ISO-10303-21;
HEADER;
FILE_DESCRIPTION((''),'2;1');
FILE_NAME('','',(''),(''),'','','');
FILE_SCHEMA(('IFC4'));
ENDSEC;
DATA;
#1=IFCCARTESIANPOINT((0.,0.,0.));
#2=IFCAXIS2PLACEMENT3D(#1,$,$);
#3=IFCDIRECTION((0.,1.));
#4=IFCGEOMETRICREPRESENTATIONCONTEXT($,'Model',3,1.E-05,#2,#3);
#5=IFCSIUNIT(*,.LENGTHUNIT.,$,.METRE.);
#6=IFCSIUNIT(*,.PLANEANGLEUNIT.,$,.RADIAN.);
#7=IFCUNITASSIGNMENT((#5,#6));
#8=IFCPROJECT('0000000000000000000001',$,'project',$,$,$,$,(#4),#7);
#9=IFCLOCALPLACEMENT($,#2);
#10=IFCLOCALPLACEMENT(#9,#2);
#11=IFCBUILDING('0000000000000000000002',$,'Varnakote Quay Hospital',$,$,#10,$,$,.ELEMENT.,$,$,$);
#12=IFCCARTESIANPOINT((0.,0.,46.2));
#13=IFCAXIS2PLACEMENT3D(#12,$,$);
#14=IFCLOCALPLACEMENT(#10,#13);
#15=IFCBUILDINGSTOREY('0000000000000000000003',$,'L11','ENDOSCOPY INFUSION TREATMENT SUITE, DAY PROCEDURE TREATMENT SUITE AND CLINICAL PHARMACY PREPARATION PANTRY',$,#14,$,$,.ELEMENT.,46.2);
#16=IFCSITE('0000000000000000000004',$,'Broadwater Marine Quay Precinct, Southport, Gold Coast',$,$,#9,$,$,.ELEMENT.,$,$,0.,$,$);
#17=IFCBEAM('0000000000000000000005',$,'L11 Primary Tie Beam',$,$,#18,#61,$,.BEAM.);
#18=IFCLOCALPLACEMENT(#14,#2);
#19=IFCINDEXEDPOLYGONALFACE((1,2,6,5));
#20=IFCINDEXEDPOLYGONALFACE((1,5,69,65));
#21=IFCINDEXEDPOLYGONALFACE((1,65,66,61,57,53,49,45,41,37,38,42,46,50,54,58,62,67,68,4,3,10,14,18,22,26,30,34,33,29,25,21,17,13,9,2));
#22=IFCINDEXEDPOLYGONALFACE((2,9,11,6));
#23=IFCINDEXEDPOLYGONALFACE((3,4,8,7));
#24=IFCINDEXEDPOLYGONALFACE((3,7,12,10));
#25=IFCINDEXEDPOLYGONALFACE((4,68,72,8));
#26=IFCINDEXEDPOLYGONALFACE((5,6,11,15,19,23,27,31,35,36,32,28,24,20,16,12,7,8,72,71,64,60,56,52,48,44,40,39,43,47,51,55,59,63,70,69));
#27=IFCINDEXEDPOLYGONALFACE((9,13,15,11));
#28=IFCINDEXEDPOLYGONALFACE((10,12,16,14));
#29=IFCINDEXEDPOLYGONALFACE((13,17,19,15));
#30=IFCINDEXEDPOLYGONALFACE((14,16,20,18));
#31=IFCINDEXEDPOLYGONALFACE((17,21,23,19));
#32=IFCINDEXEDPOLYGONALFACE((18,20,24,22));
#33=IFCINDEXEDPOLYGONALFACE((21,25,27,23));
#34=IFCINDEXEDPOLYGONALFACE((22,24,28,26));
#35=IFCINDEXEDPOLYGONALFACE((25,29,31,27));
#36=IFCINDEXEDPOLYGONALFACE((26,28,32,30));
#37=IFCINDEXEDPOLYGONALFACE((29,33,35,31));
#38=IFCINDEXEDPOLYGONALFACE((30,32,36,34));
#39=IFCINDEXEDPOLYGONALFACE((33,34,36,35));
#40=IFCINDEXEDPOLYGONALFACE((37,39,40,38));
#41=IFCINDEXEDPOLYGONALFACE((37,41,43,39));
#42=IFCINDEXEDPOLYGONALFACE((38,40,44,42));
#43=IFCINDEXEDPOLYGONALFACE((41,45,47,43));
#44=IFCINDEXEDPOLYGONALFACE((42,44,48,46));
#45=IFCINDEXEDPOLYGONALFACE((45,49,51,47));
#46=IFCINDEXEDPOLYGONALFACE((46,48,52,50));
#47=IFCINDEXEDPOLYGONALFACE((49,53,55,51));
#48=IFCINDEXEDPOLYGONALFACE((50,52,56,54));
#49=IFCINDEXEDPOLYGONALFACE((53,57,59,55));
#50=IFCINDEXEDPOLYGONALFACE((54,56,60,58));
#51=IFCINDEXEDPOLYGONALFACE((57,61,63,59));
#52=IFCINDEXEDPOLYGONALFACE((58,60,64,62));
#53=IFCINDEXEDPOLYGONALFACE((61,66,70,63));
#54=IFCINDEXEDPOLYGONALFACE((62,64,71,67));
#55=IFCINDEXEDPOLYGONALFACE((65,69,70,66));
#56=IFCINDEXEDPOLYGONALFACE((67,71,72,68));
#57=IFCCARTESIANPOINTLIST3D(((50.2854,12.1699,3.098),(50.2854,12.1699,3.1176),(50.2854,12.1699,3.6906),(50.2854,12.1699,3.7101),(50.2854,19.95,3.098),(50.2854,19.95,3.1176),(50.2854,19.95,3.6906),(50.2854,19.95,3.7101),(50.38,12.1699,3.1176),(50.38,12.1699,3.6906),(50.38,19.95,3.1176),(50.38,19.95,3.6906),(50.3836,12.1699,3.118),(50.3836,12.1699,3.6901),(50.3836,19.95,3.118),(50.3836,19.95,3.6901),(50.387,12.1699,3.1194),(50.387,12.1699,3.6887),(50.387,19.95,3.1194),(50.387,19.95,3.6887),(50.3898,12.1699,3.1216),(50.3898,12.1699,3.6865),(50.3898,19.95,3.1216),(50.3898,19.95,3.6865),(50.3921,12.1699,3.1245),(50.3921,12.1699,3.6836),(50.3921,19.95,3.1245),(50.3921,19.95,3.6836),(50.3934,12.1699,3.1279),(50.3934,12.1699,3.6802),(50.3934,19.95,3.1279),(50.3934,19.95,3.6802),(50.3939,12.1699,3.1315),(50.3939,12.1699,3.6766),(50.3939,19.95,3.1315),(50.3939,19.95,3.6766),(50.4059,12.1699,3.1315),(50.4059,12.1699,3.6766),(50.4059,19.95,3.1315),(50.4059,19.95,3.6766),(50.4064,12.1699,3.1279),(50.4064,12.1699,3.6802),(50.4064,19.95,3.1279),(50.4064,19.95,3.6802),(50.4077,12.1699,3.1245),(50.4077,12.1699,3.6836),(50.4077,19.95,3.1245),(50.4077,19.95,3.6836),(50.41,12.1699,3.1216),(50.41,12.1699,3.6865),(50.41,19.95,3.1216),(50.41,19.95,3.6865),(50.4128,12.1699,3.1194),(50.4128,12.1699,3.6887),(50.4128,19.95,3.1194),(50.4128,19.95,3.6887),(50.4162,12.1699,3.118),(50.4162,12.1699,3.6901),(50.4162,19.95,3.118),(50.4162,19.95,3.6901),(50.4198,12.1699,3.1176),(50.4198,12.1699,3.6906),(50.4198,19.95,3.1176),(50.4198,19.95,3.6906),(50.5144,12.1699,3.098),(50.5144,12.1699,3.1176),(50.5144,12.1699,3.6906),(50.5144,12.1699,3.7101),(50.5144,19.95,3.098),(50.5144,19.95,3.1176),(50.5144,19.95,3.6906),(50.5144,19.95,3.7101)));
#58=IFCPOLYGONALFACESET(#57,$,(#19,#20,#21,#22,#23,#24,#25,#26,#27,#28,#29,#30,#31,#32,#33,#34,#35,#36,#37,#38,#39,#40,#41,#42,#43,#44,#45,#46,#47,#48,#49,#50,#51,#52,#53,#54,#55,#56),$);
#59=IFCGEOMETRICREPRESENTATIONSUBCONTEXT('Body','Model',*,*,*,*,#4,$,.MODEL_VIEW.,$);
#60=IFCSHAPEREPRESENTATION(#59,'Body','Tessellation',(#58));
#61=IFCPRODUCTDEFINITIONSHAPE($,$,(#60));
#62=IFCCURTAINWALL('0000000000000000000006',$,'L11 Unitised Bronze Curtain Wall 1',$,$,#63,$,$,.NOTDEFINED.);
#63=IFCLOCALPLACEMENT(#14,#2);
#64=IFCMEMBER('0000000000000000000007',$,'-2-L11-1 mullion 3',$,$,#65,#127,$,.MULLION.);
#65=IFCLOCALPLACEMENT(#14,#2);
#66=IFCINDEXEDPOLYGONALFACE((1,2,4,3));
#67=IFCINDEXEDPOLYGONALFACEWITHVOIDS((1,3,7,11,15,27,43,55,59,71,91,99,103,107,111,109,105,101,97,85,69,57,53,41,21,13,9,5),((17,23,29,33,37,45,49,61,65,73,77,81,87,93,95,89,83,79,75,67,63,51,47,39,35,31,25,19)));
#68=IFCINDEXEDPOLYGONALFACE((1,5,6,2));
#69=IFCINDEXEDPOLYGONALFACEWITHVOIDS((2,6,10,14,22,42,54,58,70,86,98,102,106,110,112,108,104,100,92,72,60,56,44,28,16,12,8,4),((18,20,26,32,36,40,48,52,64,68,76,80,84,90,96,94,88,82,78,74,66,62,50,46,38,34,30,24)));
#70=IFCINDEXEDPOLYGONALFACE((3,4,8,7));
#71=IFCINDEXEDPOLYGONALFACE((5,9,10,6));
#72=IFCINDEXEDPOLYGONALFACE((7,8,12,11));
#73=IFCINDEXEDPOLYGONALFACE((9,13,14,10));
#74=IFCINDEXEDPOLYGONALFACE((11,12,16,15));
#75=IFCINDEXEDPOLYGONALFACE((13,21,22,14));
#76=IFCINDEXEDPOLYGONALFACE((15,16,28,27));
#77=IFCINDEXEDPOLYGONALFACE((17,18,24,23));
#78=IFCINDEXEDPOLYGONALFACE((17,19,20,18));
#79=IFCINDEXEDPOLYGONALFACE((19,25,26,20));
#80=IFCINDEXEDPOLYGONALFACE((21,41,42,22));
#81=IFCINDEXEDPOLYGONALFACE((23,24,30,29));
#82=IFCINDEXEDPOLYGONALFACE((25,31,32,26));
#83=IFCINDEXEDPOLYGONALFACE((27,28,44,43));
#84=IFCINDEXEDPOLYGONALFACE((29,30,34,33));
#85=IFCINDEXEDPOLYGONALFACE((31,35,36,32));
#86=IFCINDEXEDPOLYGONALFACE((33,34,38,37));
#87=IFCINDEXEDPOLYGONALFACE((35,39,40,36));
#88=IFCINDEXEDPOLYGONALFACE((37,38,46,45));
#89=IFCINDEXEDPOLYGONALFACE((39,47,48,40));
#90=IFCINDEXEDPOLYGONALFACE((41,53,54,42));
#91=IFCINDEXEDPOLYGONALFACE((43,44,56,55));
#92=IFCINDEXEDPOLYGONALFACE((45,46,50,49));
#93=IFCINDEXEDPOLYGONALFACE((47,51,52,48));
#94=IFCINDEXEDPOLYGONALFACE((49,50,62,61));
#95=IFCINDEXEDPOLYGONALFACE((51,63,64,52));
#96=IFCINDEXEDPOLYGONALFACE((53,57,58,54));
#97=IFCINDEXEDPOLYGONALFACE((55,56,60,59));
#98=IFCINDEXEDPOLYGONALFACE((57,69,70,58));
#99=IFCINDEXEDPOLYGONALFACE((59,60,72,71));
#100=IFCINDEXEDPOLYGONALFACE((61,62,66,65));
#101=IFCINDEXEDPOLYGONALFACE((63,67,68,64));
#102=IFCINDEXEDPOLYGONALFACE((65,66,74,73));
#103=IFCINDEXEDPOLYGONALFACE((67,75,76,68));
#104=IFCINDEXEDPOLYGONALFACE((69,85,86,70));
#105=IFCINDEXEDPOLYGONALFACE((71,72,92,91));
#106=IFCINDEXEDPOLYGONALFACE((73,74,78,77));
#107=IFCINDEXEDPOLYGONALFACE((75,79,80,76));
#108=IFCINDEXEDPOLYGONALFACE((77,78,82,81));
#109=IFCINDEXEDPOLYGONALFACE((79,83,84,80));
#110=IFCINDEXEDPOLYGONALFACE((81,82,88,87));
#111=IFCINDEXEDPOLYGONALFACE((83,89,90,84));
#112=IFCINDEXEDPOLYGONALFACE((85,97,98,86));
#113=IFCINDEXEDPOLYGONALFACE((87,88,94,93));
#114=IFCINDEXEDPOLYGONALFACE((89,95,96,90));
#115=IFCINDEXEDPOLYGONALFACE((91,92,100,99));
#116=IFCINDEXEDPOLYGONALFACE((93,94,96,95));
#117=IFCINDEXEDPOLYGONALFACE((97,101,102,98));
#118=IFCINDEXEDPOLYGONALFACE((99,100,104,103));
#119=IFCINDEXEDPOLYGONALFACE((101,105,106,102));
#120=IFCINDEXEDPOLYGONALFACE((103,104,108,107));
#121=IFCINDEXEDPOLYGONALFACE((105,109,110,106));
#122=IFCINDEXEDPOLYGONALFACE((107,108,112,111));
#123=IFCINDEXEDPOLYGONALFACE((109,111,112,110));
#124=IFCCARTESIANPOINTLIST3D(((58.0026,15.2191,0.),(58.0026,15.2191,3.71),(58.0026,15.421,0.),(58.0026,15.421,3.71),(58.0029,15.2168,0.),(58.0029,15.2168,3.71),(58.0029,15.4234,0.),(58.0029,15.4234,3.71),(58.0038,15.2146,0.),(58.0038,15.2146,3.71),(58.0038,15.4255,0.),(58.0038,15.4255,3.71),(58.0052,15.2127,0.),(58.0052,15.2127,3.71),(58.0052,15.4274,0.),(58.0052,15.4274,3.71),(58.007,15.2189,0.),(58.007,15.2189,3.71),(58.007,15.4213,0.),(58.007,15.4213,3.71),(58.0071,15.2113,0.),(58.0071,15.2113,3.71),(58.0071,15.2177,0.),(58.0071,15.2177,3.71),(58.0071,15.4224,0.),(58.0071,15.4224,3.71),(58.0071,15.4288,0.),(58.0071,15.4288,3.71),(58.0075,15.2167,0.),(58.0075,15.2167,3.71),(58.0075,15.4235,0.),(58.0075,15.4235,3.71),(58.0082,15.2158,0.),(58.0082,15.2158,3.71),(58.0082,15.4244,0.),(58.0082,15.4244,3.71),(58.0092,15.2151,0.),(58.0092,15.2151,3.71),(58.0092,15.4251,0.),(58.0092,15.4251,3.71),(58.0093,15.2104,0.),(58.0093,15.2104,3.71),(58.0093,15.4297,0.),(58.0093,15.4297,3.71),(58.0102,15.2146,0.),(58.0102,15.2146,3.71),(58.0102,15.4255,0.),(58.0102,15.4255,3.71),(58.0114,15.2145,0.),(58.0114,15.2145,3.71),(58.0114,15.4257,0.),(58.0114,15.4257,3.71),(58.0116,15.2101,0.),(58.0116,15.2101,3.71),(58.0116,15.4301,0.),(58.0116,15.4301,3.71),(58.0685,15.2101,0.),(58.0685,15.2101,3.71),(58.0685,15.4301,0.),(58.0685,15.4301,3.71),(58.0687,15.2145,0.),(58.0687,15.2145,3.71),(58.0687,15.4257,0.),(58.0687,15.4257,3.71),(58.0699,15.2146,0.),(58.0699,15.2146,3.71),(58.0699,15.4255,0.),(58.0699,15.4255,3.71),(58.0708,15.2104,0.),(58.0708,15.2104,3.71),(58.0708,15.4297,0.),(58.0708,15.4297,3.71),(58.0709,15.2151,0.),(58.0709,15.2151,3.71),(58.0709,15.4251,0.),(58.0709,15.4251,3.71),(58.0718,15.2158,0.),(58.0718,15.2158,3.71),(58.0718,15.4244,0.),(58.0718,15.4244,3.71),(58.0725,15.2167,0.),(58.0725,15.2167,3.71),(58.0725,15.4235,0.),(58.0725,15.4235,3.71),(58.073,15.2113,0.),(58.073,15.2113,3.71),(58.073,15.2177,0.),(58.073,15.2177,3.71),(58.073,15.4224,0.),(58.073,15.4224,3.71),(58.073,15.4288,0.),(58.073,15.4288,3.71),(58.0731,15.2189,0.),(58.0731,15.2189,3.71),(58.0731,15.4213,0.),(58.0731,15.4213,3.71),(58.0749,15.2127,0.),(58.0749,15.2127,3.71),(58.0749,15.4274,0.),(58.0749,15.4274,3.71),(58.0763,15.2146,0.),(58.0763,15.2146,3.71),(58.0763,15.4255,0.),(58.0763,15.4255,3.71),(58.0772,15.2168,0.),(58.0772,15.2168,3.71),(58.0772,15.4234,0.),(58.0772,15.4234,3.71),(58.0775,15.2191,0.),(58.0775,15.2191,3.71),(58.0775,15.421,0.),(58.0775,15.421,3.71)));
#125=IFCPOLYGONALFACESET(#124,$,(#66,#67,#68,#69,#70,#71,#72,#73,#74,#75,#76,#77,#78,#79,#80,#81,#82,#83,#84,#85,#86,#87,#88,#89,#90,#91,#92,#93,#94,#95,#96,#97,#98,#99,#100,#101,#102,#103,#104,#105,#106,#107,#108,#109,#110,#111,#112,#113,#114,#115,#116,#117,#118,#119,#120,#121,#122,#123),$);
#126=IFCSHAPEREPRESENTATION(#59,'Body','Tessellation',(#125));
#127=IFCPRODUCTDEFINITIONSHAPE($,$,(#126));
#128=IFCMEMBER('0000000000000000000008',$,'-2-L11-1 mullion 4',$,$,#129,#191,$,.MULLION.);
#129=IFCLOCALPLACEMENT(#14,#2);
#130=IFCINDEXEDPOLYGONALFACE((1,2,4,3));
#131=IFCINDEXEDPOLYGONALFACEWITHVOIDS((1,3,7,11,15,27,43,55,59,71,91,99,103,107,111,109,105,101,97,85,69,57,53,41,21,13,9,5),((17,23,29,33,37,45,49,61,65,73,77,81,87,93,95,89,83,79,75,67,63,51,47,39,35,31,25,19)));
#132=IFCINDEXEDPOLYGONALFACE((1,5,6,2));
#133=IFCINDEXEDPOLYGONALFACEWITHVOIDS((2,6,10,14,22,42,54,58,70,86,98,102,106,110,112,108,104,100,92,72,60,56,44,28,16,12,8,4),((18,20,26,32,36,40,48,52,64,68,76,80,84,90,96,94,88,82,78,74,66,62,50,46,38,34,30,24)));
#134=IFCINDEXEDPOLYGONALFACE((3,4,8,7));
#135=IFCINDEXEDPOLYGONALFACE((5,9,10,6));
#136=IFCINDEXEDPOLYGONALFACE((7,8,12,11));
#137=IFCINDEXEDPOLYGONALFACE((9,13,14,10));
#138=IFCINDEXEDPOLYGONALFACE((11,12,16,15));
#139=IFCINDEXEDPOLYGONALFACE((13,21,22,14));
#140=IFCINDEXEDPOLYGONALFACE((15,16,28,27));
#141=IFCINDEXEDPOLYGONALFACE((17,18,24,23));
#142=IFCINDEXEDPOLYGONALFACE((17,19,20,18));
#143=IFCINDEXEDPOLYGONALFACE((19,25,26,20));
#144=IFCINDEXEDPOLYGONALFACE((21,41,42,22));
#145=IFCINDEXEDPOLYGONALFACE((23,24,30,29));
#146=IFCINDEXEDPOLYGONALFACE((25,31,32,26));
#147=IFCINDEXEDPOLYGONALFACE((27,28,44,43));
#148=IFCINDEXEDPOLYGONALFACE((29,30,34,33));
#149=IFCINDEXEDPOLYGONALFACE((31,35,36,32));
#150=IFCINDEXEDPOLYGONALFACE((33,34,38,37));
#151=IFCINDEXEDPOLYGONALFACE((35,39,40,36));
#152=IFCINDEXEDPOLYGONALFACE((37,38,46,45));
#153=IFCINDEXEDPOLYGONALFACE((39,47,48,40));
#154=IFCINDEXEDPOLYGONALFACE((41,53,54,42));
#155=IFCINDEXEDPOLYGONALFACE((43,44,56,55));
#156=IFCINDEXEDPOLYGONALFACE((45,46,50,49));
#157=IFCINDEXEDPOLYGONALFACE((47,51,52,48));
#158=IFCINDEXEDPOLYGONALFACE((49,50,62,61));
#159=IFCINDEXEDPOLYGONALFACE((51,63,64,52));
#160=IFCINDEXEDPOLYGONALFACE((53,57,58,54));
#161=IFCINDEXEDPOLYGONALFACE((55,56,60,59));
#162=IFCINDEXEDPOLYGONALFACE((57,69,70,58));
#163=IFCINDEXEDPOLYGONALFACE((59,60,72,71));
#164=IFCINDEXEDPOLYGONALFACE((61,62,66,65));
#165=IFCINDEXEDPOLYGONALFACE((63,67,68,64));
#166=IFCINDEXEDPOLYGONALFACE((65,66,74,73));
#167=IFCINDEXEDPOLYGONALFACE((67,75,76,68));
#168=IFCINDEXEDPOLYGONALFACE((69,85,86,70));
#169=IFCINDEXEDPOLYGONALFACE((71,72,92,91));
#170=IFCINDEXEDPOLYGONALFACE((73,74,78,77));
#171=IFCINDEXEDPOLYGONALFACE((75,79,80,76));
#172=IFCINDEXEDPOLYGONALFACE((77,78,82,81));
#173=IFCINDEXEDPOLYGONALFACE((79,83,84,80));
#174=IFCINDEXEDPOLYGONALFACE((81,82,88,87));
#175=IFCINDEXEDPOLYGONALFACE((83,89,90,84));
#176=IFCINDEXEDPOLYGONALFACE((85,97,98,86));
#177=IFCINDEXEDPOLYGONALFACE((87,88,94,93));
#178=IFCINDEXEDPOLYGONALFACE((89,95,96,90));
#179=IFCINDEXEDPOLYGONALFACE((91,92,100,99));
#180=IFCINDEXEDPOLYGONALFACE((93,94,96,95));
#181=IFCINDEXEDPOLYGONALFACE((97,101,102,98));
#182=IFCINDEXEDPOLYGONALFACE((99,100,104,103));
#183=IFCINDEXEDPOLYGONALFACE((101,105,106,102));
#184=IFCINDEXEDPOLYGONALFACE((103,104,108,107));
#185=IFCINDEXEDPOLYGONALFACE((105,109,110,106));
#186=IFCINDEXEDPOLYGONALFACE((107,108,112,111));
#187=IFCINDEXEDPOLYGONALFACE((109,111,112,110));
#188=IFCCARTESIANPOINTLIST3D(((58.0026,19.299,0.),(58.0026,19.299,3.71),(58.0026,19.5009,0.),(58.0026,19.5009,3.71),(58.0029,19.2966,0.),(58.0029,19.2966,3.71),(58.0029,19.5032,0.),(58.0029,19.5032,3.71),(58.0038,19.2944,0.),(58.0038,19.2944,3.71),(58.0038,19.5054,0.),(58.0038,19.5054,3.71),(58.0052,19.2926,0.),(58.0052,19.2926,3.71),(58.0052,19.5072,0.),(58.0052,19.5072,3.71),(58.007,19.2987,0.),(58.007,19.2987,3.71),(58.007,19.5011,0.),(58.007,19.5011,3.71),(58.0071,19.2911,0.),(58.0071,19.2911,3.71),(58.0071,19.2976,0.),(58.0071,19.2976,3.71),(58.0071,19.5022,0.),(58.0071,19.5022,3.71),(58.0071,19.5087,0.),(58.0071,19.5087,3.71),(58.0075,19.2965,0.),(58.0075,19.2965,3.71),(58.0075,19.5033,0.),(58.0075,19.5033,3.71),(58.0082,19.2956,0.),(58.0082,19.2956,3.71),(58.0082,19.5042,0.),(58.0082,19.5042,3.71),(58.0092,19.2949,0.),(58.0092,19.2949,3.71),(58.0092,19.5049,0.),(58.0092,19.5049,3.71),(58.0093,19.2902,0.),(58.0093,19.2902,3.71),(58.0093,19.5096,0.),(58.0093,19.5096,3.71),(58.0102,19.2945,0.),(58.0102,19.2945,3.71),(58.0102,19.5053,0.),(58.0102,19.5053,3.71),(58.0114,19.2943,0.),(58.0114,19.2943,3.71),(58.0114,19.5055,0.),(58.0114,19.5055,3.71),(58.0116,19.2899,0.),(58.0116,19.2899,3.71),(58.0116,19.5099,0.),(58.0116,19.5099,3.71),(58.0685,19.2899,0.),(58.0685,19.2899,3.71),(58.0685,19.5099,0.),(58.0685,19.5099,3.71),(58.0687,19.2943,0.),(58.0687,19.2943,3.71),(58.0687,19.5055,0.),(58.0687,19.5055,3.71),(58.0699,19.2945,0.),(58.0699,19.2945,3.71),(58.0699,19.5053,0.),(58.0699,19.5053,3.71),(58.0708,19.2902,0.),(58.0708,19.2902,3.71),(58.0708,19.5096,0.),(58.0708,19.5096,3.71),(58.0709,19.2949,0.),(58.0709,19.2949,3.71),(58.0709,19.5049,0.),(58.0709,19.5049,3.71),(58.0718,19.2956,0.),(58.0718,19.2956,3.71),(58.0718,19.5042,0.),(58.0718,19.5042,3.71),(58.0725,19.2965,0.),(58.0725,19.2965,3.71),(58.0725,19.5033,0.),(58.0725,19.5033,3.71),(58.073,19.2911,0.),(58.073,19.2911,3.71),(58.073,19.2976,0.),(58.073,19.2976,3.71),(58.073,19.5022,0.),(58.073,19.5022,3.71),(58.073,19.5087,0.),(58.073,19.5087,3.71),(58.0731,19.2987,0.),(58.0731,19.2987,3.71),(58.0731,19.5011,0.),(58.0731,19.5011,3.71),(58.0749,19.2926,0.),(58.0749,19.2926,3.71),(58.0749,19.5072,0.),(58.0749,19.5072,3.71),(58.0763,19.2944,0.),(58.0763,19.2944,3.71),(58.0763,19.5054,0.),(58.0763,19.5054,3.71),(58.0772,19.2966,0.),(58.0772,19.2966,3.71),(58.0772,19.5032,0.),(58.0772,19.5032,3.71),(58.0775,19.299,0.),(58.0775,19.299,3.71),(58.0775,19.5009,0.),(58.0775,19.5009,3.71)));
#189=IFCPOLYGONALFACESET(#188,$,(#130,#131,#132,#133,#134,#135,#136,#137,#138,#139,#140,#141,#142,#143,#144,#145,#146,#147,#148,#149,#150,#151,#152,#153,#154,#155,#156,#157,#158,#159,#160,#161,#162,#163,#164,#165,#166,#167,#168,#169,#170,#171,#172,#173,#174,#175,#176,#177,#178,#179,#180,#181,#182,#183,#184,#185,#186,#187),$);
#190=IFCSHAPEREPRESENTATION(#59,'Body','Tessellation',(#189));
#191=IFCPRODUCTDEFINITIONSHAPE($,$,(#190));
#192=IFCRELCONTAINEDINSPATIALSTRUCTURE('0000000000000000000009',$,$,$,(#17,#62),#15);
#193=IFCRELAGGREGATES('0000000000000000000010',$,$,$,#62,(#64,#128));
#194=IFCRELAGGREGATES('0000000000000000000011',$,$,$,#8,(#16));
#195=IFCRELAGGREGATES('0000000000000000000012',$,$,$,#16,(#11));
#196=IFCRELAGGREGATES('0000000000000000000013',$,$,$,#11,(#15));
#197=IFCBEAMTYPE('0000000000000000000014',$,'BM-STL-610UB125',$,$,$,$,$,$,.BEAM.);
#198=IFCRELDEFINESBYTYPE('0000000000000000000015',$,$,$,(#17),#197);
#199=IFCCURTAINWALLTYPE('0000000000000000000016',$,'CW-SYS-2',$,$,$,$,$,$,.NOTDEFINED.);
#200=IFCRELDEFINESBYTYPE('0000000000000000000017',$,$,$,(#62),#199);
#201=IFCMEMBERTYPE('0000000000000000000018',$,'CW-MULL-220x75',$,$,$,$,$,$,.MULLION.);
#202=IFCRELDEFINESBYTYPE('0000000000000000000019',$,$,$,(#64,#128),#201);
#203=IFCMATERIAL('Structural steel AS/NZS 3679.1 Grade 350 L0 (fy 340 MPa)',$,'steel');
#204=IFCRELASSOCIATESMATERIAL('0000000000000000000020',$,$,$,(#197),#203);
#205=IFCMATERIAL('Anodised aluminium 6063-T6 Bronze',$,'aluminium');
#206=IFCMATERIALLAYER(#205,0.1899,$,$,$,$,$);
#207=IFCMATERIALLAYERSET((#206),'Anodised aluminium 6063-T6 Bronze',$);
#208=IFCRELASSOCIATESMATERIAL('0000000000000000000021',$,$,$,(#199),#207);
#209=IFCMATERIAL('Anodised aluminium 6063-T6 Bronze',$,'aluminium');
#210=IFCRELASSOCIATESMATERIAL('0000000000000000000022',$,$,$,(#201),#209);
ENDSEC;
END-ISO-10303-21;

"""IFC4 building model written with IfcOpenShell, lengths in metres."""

from ifc_helpers import new_model, si_unit, direction, frame, origin, origin_2d, place, context, subcontext, project, spatial, hollow_rectangle, i_section, extrude, material, layer, layer_set, material_profile, profile_set, type_object, element, aggregate, save


model = new_model("IFC4")

# Units and contexts
model_context = context("Model", 3, precision=1e-05, world=origin(), true_north=direction((0.0, 1.0)))
body_context = subcontext(model_context, "Body", "Model", "MODEL_VIEW")
ifc_project = project(units=[si_unit("LENGTHUNIT", "METRE"), si_unit("PLANEANGLEUNIT", "RADIAN")], contexts=[model_context])

# Site, building, storey
site_placement = place(None, origin())
site = spatial("IfcSite", under=ifc_project, at=site_placement, Name="Broadwater Marine Quay Precinct, Southport, Gold Coast", CompositionType="ELEMENT", RefElevation=0.0)
building_placement = place(site_placement, origin())
building = spatial("IfcBuilding", under=site, at=building_placement, Name="Varnakote Quay Hospital", CompositionType="ELEMENT")
storey_placement = place(building_placement, frame((0.0, 0.0, 46.2)))
storey = spatial("IfcBuildingStorey", under=building, at=storey_placement, Name="L11", Description="ENDOSCOPY INFUSION TREATMENT SUITE, DAY PROCEDURE TREATMENT SUITE AND CLINICAL PHARMACY PREPARATION PANTRY", CompositionType="ELEMENT", Elevation=46.2)

# Beam
ifc_material_1 = material(Name="Structural steel AS/NZS 3679.1 Grade 350 L0 (fy 340 MPa)", Category="steel")
ifc_material_profile_1 = material_profile(ifc_material_1, i_section(OverallWidth=0.229, OverallDepth=0.6121, WebThickness=0.012, FlangeThickness=0.0195, FilletRadius=0.0139, at=origin_2d()), Name="610UB125")
ifc_profile_set_1 = profile_set([ifc_material_profile_1], Name="Structural steel AS/NZS 3679.1 Grade 350 L0 (fy 340 MPa)")
beam_type = type_object("IfcBeamType", Name="BM-STL-610UB125", PredefinedType="BEAM", material=ifc_profile_set_1)
beam_placement = place(storey_placement, frame((50.3999, 12.1699, 3.4041), z_axis=(0.0, 1.0, 0.0), x_axis=(-1.0, 0.0, 0.0)))
element("IfcBeam", 1, at=beam_placement, inside=storey, type_object=beam_type, Name="L11 Primary Tie Beam", PredefinedType="BEAM", context=body_context, shape_type="SweptSolid", body=[
    extrude(i_section(OverallWidth=0.229, OverallDepth=0.6121, WebThickness=0.012, FlangeThickness=0.0195, FilletRadius=0.0139, at=origin_2d()), origin(), (0.0, 0.0, 1.0), 7.78),
])

# Curtain wall, members
ifc_material_2 = material(Name="Anodised aluminium 6063-T6 Bronze", Category="aluminium")
ifc_layer_1 = layer(ifc_material_2, 0.1899)
ifc_layer_set_1 = layer_set([ifc_layer_1], Name="Anodised aluminium 6063-T6 Bronze")
curtain_wall_type = type_object("IfcCurtainWallType", Name="CW-SYS-2", PredefinedType="NOTDEFINED", material=ifc_layer_set_1)
curtain_wall_placement = place(storey_placement, origin())
curtain_wall = element("IfcCurtainWall", 2, at=curtain_wall_placement, inside=storey, type_object=curtain_wall_type, Name="L11 Unitised Bronze Curtain Wall 1", PredefinedType="NOTDEFINED")
ifc_material_3 = material(Name="Anodised aluminium 6063-T6 Bronze", Category="aluminium")
ifc_material_profile_2 = material_profile(ifc_material_3, hollow_rectangle(XDim=0.075, YDim=0.22, WallThickness=0.0044, InnerFilletRadius=0.0044, OuterFilletRadius=0.009, at=origin_2d()), Name="CW-MULL-220x75")
ifc_profile_set_2 = profile_set([ifc_material_profile_2], Name="Anodised aluminium 6063-T6 Bronze")
member_type_1 = type_object("IfcMemberType", Name="CW-MULL-220x75", PredefinedType="MULLION", material=ifc_profile_set_2)
member_1_placement = place(storey_placement, frame((58.04, 15.3201, 0.0), z_axis=(0.0, 0.0, 1.0), x_axis=(-1.0, 0.0, 0.0)))
member_1 = element("IfcMember", 3, at=member_1_placement, type_object=member_type_1, Name="-2-L11-1 mullion 3", PredefinedType="MULLION", context=body_context, shape_type="SweptSolid", body=[
    extrude(hollow_rectangle(XDim=0.075, YDim=0.22, WallThickness=0.0044, InnerFilletRadius=0.0044, OuterFilletRadius=0.009, at=origin_2d()), origin(), (0.0, 0.0, 1.0), 3.71),
])
member_2_placement = place(storey_placement, frame((58.04, 19.3999, 0.0), z_axis=(0.0, 0.0, 1.0), x_axis=(-1.0, 0.0, 0.0)))
member_2 = element("IfcMember", 4, at=member_2_placement, type_object=member_type_1, Name="-2-L11-1 mullion 4", PredefinedType="MULLION", context=body_context, shape_type="SweptSolid", body=[
    extrude(hollow_rectangle(XDim=0.075, YDim=0.22, WallThickness=0.0044, InnerFilletRadius=0.0044, OuterFilletRadius=0.009, at=origin_2d()), origin(), (0.0, 0.0, 1.0), 3.71),
])
aggregate(curtain_wall, [member_1, member_2])

save(model, "model.ifc")
